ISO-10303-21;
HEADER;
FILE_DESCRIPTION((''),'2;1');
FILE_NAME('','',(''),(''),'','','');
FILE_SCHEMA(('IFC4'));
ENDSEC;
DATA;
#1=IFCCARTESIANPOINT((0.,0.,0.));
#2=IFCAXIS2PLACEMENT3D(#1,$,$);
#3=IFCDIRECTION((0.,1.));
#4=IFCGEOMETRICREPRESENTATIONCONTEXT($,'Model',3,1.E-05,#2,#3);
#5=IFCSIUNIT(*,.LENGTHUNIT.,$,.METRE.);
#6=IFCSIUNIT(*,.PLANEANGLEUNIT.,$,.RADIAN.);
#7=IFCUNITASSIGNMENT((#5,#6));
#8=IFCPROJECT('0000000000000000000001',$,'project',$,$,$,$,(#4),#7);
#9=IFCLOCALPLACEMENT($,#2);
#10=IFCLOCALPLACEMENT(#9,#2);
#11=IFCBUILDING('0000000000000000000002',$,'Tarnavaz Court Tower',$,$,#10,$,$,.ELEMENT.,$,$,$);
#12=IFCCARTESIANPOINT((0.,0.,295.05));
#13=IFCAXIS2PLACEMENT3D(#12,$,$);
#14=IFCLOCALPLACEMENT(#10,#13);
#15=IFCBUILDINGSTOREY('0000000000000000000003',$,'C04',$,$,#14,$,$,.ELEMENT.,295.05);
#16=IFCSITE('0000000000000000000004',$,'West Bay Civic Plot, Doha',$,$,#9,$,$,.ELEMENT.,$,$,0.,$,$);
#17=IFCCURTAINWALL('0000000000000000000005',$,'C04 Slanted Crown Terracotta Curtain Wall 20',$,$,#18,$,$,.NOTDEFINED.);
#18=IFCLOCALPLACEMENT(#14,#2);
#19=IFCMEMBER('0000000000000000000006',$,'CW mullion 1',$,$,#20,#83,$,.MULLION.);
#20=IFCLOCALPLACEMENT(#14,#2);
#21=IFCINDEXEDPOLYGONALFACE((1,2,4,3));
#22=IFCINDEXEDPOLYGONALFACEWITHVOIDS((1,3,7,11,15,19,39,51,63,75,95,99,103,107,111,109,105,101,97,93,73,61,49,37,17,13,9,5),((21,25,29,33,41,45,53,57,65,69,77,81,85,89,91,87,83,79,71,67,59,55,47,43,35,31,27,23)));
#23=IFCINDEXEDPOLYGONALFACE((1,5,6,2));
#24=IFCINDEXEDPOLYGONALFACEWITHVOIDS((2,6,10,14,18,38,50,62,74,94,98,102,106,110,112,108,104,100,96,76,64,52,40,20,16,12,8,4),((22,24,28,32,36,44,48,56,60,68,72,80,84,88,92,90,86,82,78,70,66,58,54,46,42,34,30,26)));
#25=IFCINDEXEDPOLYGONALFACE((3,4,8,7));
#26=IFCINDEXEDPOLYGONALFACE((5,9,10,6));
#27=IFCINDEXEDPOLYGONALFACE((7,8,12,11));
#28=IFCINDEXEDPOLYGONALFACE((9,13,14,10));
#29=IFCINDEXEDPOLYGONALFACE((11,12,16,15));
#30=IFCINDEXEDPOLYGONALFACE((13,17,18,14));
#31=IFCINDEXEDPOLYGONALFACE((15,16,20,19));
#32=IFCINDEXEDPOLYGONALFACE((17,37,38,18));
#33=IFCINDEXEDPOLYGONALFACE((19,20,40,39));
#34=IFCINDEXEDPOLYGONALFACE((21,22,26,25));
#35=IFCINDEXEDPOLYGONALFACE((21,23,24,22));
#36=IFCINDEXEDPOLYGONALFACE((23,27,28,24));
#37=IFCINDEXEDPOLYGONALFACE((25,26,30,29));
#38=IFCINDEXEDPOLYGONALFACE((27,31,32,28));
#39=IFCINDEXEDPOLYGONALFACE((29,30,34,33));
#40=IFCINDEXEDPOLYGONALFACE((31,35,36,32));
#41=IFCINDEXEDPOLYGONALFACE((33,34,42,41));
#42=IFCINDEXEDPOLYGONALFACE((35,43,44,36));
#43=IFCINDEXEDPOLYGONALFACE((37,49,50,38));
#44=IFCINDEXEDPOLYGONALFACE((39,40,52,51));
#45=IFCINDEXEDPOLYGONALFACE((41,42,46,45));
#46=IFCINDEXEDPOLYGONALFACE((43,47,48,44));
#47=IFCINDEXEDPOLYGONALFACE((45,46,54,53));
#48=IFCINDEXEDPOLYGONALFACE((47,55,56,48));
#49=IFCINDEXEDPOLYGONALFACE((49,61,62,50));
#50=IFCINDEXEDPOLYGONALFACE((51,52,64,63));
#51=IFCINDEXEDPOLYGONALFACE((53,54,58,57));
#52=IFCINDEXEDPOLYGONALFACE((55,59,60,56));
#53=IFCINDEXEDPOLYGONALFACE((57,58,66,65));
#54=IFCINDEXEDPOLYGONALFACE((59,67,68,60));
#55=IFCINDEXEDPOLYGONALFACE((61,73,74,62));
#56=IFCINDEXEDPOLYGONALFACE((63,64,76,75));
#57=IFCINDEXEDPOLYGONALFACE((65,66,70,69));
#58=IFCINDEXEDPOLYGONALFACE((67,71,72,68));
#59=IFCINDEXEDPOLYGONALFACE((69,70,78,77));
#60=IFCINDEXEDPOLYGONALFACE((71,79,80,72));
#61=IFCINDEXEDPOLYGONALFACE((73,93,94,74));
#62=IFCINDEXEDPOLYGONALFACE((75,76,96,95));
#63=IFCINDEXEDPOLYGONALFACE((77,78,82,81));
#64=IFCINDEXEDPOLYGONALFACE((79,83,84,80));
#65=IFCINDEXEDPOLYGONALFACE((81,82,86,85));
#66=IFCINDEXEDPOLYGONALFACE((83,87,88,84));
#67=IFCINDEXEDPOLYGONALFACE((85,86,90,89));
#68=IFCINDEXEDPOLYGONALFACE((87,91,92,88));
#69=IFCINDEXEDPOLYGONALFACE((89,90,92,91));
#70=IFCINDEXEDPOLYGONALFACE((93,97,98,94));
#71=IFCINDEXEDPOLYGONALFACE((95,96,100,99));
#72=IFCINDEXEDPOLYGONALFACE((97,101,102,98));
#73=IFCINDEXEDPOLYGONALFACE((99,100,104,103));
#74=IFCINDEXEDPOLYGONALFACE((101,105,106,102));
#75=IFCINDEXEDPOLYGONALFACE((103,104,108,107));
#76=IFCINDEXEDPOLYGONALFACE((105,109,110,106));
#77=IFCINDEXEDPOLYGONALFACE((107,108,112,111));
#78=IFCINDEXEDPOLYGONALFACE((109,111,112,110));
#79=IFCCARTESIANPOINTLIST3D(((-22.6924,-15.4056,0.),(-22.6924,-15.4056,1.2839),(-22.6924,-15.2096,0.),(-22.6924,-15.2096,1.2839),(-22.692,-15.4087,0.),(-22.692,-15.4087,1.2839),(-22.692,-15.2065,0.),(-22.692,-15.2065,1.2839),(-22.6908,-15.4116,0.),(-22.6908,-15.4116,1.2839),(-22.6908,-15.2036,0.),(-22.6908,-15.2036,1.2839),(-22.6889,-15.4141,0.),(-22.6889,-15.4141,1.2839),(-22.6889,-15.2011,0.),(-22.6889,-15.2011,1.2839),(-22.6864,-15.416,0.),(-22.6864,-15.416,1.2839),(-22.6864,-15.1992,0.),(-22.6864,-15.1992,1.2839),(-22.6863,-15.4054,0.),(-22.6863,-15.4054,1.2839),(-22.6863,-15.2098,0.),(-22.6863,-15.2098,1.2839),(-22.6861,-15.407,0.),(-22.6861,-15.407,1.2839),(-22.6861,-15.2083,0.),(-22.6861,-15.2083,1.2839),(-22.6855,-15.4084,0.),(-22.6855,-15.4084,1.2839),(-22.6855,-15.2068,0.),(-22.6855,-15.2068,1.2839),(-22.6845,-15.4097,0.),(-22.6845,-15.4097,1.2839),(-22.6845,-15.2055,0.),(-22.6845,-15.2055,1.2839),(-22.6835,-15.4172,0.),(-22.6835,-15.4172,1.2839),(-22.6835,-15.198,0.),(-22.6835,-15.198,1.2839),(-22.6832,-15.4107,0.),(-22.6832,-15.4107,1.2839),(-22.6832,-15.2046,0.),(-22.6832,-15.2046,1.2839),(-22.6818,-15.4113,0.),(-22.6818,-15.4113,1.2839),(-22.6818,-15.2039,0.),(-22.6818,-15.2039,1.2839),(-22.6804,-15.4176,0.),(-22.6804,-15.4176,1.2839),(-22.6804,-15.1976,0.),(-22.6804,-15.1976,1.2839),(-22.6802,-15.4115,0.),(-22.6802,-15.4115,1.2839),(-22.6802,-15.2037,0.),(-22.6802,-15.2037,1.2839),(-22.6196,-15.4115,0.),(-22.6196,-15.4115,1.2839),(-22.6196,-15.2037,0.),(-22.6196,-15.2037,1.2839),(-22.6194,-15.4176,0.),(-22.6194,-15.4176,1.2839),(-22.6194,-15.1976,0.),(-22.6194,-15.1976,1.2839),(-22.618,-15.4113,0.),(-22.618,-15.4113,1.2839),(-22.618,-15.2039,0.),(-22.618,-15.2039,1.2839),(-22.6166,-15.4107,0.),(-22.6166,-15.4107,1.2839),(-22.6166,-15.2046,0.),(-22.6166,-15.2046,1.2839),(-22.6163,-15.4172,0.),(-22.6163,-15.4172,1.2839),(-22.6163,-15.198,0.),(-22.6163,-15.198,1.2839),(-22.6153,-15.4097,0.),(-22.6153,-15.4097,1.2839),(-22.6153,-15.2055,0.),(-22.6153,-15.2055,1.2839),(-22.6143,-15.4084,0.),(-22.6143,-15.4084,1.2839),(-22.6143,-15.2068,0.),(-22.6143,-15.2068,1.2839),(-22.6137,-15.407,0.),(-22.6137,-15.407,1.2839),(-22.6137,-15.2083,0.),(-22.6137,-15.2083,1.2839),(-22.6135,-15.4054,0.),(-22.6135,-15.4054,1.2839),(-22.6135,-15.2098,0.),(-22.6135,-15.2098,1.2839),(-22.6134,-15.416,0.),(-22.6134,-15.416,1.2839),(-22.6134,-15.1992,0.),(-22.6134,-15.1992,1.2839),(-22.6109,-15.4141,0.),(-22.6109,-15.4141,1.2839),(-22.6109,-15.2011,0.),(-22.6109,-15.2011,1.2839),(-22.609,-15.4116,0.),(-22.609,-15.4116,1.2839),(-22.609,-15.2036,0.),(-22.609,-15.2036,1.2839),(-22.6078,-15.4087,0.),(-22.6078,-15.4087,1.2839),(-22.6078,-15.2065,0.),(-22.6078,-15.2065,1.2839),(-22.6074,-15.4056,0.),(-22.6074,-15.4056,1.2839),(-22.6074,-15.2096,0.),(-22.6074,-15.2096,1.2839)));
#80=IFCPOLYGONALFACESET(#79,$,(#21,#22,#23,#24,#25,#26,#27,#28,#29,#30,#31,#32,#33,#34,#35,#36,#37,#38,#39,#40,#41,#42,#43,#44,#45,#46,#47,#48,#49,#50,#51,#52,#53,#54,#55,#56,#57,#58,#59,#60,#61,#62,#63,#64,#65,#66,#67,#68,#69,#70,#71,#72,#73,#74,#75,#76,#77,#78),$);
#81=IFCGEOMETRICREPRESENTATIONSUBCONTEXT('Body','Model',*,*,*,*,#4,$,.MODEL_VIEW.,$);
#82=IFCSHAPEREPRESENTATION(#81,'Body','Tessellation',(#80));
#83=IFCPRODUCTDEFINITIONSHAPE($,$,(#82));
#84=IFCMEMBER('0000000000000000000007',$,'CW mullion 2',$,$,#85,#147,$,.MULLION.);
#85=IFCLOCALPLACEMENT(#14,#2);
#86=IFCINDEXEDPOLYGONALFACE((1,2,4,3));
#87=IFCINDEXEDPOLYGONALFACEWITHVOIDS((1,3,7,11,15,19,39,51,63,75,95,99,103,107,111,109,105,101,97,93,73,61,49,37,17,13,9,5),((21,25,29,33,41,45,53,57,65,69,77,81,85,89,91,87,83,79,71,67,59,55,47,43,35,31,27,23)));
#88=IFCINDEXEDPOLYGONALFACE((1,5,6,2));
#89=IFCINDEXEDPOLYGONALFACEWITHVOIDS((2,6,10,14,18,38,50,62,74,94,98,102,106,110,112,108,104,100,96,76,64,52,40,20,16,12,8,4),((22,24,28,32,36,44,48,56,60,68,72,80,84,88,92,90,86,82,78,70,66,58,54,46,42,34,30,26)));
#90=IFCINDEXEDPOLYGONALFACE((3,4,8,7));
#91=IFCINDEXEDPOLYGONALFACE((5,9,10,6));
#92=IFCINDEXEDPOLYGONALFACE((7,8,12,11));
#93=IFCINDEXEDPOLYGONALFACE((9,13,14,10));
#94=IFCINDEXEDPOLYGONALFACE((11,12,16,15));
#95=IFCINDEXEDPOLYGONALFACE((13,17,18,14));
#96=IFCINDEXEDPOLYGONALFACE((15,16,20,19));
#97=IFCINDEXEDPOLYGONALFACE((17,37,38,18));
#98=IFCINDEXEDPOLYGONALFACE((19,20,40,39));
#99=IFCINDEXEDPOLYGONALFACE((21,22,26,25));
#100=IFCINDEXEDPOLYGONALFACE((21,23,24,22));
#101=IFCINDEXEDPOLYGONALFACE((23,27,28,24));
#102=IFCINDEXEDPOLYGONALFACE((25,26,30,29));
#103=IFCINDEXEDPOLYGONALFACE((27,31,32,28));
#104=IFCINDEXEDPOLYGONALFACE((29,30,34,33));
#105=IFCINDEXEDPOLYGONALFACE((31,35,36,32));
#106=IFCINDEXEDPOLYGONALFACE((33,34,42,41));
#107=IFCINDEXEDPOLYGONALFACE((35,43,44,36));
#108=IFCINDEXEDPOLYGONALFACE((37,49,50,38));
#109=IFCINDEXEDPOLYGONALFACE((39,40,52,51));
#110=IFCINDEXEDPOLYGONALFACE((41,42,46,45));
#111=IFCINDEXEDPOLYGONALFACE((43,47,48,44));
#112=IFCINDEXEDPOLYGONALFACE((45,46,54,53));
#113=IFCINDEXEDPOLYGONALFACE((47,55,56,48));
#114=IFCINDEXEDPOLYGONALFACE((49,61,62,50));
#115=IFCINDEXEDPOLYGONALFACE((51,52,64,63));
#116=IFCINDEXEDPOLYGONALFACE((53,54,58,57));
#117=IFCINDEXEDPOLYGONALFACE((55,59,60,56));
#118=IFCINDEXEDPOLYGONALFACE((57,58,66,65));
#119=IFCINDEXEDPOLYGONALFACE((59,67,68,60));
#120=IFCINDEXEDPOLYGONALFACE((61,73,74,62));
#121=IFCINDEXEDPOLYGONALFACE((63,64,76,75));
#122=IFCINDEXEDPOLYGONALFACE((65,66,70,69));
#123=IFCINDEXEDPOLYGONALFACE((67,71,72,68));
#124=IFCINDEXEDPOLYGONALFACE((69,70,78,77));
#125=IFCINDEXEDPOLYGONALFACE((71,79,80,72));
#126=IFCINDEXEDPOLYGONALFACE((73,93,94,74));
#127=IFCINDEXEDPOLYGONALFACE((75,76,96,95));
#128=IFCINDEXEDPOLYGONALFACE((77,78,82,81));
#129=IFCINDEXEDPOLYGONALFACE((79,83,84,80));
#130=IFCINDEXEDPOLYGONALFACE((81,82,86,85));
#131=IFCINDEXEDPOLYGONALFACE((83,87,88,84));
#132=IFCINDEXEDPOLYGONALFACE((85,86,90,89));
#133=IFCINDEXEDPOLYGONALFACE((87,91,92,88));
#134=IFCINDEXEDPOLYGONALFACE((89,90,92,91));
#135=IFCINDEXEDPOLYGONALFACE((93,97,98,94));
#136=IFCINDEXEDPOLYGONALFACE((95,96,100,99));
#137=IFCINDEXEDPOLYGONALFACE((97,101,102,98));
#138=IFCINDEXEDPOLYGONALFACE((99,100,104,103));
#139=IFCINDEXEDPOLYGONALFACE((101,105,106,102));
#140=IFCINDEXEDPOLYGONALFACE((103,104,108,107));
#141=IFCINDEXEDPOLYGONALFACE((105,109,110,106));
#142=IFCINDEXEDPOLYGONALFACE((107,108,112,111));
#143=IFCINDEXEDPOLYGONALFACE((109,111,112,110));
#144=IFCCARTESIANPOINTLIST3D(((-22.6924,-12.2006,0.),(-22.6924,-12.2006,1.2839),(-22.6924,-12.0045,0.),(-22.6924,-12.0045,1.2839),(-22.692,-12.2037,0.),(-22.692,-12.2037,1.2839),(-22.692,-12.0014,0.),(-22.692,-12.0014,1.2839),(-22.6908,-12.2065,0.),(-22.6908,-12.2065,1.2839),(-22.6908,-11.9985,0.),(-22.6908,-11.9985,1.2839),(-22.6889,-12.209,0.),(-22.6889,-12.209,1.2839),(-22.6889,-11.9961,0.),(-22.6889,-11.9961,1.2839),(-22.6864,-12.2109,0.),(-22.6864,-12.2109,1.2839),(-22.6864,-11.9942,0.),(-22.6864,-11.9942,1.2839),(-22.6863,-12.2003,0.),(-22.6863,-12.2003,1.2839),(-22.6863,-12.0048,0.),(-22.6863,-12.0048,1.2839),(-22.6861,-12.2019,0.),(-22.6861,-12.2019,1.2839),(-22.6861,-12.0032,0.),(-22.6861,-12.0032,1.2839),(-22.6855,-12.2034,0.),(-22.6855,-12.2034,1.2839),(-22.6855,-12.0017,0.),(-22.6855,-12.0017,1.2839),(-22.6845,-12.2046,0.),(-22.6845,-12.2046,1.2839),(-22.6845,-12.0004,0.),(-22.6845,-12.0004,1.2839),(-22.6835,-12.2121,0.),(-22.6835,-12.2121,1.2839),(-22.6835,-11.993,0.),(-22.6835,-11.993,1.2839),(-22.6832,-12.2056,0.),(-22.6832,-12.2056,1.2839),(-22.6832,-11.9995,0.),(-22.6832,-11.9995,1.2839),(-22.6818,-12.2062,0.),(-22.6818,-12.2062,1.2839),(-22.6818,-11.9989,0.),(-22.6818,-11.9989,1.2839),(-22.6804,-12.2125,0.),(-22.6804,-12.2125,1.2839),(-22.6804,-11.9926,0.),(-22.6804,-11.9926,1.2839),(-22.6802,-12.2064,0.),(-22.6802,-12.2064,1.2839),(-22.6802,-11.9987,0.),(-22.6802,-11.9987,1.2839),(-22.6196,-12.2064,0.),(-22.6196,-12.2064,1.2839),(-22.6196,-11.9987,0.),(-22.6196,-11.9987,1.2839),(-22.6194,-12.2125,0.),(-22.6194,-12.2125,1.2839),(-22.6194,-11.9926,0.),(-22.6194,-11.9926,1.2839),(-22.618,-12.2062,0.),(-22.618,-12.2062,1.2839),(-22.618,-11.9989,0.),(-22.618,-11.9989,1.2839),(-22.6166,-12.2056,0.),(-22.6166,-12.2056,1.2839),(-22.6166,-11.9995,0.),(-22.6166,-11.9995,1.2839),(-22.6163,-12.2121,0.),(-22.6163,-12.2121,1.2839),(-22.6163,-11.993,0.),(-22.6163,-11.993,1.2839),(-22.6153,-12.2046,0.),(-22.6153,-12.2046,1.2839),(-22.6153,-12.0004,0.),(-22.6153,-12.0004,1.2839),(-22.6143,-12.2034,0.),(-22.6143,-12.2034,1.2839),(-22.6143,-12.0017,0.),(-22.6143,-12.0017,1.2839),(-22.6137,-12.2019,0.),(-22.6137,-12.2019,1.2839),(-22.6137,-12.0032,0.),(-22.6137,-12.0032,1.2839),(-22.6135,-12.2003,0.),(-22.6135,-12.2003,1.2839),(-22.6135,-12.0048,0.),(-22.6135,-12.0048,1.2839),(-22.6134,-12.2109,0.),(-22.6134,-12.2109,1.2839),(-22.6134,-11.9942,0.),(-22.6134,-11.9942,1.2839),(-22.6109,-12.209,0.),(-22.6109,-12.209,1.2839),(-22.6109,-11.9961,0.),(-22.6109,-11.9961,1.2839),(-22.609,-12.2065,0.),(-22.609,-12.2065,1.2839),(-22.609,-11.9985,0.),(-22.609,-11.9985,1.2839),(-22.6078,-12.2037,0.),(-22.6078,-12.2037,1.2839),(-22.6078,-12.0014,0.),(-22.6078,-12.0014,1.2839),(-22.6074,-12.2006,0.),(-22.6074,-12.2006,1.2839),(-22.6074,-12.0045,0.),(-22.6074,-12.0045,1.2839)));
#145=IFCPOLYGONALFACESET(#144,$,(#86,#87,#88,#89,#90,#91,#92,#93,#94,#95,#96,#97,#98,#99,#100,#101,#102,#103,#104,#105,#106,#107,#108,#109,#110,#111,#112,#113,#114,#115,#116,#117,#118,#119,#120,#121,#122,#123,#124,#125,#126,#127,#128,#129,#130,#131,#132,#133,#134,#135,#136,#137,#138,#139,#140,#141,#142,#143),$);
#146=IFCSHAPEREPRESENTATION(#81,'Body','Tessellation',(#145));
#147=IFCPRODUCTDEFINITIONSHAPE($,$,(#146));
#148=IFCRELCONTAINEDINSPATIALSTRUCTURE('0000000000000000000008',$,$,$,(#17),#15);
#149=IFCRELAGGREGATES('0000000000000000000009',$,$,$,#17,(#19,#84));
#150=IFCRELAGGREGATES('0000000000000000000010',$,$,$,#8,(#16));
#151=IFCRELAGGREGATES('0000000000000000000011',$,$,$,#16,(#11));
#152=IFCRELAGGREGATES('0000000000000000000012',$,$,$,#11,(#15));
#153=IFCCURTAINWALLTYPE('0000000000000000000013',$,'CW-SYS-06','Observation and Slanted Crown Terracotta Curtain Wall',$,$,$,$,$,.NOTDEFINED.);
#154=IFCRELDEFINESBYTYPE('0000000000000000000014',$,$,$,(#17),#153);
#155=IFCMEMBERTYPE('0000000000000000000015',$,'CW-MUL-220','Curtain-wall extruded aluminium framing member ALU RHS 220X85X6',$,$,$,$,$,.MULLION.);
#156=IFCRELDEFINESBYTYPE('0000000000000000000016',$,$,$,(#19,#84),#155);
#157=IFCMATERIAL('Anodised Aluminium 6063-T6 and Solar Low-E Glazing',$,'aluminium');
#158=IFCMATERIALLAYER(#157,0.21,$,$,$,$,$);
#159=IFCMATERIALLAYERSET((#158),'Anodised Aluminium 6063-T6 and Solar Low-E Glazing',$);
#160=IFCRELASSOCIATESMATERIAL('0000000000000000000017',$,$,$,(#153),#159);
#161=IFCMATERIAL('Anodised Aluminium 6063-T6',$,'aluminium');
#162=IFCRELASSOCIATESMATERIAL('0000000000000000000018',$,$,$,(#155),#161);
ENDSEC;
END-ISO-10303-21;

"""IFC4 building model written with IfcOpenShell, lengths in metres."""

from ifc_helpers import new_model, si_unit, direction, frame, origin, origin_2d, place, context, subcontext, project, spatial, hollow_rectangle, extrude, material, layer, layer_set, material_profile, profile_set, type_object, element, aggregate, save


model = new_model("IFC4")

# Units and contexts
model_context = context("Model", 3, precision=1e-05, world=origin(), true_north=direction((0.0, 1.0)))
body_context = subcontext(model_context, "Body", "Model", "MODEL_VIEW")
ifc_project = project(units=[si_unit("LENGTHUNIT", "METRE"), si_unit("PLANEANGLEUNIT", "RADIAN")], contexts=[model_context])

# Site, building, storey
site_placement = place(None, origin())
site = spatial("IfcSite", under=ifc_project, at=site_placement, Name="West Bay Civic Plot, Doha", CompositionType="ELEMENT", RefElevation=0.0)
building_placement = place(site_placement, origin())
building = spatial("IfcBuilding", under=site, at=building_placement, Name="Tarnavaz Court Tower", CompositionType="ELEMENT")
storey_placement = place(building_placement, frame((0.0, 0.0, 295.05)))
storey = spatial("IfcBuildingStorey", under=building, at=storey_placement, Name="C04", CompositionType="ELEMENT", Elevation=295.05)

# Curtain wall, members
ifc_material_1 = material(Name="Anodised Aluminium 6063-T6 and Solar Low-E Glazing", Category="aluminium")
ifc_layer_1 = layer(ifc_material_1, 0.21)
ifc_layer_set_1 = layer_set([ifc_layer_1], Name="Anodised Aluminium 6063-T6 and Solar Low-E Glazing")
curtain_wall_type = type_object("IfcCurtainWallType", Name="CW-SYS-06", Description="Observation and Slanted Crown Terracotta Curtain Wall", PredefinedType="NOTDEFINED", material=ifc_layer_set_1)
curtain_wall_1_placement = place(storey_placement, origin())
curtain_wall_1 = element("IfcCurtainWall", 1, at=curtain_wall_1_placement, inside=storey, type_object=curtain_wall_type, Name="C04 Slanted Crown Terracotta Curtain Wall 20", PredefinedType="NOTDEFINED")
ifc_material_2 = material(Name="Anodised Aluminium 6063-T6", Category="aluminium")
ifc_material_profile_1 = material_profile(ifc_material_2, hollow_rectangle(XDim=0.085, YDim=0.22, WallThickness=0.0061, InnerFilletRadius=0.0061, OuterFilletRadius=0.012, at=origin_2d()), Name="ALU RHS 220X85X6")
ifc_profile_set_1 = profile_set([ifc_material_profile_1], Name="Anodised Aluminium 6063-T6")
member_type_1 = type_object("IfcMemberType", Name="CW-MUL-220", Description="Curtain-wall extruded aluminium framing member ALU RHS 220X85X6", PredefinedType="MULLION", material=ifc_profile_set_1)
member_1_placement = place(storey_placement, frame((-22.6499, -15.3076, 0.0), z_axis=(0.0, 0.0, 1.0), x_axis=(-1.0, 0.0, 0.0)))
member_1 = element("IfcMember", 2, at=member_1_placement, type_object=member_type_1, Name="CW mullion 1", PredefinedType="MULLION", context=body_context, shape_type="SweptSolid", body=[
    extrude(hollow_rectangle(XDim=0.085, YDim=0.22, WallThickness=0.0061, InnerFilletRadius=0.0061, OuterFilletRadius=0.012, at=origin_2d()), origin(), (0.0, 0.0, 1.0), 1.2839),
])
member_2_placement = place(storey_placement, frame((-22.6499, -12.1025, 0.0), z_axis=(0.0, 0.0, 1.0), x_axis=(-1.0, 0.0, 0.0)))
member_2 = element("IfcMember", 3, at=member_2_placement, type_object=member_type_1, Name="CW mullion 2", PredefinedType="MULLION", context=body_context, shape_type="SweptSolid", body=[
    extrude(hollow_rectangle(XDim=0.085, YDim=0.22, WallThickness=0.0061, InnerFilletRadius=0.0061, OuterFilletRadius=0.012, at=origin_2d()), origin(), (0.0, 0.0, 1.0), 1.2839),
])

aggregate(curtain_wall_1, [member_1, member_2])

save(model, "model.ifc")
